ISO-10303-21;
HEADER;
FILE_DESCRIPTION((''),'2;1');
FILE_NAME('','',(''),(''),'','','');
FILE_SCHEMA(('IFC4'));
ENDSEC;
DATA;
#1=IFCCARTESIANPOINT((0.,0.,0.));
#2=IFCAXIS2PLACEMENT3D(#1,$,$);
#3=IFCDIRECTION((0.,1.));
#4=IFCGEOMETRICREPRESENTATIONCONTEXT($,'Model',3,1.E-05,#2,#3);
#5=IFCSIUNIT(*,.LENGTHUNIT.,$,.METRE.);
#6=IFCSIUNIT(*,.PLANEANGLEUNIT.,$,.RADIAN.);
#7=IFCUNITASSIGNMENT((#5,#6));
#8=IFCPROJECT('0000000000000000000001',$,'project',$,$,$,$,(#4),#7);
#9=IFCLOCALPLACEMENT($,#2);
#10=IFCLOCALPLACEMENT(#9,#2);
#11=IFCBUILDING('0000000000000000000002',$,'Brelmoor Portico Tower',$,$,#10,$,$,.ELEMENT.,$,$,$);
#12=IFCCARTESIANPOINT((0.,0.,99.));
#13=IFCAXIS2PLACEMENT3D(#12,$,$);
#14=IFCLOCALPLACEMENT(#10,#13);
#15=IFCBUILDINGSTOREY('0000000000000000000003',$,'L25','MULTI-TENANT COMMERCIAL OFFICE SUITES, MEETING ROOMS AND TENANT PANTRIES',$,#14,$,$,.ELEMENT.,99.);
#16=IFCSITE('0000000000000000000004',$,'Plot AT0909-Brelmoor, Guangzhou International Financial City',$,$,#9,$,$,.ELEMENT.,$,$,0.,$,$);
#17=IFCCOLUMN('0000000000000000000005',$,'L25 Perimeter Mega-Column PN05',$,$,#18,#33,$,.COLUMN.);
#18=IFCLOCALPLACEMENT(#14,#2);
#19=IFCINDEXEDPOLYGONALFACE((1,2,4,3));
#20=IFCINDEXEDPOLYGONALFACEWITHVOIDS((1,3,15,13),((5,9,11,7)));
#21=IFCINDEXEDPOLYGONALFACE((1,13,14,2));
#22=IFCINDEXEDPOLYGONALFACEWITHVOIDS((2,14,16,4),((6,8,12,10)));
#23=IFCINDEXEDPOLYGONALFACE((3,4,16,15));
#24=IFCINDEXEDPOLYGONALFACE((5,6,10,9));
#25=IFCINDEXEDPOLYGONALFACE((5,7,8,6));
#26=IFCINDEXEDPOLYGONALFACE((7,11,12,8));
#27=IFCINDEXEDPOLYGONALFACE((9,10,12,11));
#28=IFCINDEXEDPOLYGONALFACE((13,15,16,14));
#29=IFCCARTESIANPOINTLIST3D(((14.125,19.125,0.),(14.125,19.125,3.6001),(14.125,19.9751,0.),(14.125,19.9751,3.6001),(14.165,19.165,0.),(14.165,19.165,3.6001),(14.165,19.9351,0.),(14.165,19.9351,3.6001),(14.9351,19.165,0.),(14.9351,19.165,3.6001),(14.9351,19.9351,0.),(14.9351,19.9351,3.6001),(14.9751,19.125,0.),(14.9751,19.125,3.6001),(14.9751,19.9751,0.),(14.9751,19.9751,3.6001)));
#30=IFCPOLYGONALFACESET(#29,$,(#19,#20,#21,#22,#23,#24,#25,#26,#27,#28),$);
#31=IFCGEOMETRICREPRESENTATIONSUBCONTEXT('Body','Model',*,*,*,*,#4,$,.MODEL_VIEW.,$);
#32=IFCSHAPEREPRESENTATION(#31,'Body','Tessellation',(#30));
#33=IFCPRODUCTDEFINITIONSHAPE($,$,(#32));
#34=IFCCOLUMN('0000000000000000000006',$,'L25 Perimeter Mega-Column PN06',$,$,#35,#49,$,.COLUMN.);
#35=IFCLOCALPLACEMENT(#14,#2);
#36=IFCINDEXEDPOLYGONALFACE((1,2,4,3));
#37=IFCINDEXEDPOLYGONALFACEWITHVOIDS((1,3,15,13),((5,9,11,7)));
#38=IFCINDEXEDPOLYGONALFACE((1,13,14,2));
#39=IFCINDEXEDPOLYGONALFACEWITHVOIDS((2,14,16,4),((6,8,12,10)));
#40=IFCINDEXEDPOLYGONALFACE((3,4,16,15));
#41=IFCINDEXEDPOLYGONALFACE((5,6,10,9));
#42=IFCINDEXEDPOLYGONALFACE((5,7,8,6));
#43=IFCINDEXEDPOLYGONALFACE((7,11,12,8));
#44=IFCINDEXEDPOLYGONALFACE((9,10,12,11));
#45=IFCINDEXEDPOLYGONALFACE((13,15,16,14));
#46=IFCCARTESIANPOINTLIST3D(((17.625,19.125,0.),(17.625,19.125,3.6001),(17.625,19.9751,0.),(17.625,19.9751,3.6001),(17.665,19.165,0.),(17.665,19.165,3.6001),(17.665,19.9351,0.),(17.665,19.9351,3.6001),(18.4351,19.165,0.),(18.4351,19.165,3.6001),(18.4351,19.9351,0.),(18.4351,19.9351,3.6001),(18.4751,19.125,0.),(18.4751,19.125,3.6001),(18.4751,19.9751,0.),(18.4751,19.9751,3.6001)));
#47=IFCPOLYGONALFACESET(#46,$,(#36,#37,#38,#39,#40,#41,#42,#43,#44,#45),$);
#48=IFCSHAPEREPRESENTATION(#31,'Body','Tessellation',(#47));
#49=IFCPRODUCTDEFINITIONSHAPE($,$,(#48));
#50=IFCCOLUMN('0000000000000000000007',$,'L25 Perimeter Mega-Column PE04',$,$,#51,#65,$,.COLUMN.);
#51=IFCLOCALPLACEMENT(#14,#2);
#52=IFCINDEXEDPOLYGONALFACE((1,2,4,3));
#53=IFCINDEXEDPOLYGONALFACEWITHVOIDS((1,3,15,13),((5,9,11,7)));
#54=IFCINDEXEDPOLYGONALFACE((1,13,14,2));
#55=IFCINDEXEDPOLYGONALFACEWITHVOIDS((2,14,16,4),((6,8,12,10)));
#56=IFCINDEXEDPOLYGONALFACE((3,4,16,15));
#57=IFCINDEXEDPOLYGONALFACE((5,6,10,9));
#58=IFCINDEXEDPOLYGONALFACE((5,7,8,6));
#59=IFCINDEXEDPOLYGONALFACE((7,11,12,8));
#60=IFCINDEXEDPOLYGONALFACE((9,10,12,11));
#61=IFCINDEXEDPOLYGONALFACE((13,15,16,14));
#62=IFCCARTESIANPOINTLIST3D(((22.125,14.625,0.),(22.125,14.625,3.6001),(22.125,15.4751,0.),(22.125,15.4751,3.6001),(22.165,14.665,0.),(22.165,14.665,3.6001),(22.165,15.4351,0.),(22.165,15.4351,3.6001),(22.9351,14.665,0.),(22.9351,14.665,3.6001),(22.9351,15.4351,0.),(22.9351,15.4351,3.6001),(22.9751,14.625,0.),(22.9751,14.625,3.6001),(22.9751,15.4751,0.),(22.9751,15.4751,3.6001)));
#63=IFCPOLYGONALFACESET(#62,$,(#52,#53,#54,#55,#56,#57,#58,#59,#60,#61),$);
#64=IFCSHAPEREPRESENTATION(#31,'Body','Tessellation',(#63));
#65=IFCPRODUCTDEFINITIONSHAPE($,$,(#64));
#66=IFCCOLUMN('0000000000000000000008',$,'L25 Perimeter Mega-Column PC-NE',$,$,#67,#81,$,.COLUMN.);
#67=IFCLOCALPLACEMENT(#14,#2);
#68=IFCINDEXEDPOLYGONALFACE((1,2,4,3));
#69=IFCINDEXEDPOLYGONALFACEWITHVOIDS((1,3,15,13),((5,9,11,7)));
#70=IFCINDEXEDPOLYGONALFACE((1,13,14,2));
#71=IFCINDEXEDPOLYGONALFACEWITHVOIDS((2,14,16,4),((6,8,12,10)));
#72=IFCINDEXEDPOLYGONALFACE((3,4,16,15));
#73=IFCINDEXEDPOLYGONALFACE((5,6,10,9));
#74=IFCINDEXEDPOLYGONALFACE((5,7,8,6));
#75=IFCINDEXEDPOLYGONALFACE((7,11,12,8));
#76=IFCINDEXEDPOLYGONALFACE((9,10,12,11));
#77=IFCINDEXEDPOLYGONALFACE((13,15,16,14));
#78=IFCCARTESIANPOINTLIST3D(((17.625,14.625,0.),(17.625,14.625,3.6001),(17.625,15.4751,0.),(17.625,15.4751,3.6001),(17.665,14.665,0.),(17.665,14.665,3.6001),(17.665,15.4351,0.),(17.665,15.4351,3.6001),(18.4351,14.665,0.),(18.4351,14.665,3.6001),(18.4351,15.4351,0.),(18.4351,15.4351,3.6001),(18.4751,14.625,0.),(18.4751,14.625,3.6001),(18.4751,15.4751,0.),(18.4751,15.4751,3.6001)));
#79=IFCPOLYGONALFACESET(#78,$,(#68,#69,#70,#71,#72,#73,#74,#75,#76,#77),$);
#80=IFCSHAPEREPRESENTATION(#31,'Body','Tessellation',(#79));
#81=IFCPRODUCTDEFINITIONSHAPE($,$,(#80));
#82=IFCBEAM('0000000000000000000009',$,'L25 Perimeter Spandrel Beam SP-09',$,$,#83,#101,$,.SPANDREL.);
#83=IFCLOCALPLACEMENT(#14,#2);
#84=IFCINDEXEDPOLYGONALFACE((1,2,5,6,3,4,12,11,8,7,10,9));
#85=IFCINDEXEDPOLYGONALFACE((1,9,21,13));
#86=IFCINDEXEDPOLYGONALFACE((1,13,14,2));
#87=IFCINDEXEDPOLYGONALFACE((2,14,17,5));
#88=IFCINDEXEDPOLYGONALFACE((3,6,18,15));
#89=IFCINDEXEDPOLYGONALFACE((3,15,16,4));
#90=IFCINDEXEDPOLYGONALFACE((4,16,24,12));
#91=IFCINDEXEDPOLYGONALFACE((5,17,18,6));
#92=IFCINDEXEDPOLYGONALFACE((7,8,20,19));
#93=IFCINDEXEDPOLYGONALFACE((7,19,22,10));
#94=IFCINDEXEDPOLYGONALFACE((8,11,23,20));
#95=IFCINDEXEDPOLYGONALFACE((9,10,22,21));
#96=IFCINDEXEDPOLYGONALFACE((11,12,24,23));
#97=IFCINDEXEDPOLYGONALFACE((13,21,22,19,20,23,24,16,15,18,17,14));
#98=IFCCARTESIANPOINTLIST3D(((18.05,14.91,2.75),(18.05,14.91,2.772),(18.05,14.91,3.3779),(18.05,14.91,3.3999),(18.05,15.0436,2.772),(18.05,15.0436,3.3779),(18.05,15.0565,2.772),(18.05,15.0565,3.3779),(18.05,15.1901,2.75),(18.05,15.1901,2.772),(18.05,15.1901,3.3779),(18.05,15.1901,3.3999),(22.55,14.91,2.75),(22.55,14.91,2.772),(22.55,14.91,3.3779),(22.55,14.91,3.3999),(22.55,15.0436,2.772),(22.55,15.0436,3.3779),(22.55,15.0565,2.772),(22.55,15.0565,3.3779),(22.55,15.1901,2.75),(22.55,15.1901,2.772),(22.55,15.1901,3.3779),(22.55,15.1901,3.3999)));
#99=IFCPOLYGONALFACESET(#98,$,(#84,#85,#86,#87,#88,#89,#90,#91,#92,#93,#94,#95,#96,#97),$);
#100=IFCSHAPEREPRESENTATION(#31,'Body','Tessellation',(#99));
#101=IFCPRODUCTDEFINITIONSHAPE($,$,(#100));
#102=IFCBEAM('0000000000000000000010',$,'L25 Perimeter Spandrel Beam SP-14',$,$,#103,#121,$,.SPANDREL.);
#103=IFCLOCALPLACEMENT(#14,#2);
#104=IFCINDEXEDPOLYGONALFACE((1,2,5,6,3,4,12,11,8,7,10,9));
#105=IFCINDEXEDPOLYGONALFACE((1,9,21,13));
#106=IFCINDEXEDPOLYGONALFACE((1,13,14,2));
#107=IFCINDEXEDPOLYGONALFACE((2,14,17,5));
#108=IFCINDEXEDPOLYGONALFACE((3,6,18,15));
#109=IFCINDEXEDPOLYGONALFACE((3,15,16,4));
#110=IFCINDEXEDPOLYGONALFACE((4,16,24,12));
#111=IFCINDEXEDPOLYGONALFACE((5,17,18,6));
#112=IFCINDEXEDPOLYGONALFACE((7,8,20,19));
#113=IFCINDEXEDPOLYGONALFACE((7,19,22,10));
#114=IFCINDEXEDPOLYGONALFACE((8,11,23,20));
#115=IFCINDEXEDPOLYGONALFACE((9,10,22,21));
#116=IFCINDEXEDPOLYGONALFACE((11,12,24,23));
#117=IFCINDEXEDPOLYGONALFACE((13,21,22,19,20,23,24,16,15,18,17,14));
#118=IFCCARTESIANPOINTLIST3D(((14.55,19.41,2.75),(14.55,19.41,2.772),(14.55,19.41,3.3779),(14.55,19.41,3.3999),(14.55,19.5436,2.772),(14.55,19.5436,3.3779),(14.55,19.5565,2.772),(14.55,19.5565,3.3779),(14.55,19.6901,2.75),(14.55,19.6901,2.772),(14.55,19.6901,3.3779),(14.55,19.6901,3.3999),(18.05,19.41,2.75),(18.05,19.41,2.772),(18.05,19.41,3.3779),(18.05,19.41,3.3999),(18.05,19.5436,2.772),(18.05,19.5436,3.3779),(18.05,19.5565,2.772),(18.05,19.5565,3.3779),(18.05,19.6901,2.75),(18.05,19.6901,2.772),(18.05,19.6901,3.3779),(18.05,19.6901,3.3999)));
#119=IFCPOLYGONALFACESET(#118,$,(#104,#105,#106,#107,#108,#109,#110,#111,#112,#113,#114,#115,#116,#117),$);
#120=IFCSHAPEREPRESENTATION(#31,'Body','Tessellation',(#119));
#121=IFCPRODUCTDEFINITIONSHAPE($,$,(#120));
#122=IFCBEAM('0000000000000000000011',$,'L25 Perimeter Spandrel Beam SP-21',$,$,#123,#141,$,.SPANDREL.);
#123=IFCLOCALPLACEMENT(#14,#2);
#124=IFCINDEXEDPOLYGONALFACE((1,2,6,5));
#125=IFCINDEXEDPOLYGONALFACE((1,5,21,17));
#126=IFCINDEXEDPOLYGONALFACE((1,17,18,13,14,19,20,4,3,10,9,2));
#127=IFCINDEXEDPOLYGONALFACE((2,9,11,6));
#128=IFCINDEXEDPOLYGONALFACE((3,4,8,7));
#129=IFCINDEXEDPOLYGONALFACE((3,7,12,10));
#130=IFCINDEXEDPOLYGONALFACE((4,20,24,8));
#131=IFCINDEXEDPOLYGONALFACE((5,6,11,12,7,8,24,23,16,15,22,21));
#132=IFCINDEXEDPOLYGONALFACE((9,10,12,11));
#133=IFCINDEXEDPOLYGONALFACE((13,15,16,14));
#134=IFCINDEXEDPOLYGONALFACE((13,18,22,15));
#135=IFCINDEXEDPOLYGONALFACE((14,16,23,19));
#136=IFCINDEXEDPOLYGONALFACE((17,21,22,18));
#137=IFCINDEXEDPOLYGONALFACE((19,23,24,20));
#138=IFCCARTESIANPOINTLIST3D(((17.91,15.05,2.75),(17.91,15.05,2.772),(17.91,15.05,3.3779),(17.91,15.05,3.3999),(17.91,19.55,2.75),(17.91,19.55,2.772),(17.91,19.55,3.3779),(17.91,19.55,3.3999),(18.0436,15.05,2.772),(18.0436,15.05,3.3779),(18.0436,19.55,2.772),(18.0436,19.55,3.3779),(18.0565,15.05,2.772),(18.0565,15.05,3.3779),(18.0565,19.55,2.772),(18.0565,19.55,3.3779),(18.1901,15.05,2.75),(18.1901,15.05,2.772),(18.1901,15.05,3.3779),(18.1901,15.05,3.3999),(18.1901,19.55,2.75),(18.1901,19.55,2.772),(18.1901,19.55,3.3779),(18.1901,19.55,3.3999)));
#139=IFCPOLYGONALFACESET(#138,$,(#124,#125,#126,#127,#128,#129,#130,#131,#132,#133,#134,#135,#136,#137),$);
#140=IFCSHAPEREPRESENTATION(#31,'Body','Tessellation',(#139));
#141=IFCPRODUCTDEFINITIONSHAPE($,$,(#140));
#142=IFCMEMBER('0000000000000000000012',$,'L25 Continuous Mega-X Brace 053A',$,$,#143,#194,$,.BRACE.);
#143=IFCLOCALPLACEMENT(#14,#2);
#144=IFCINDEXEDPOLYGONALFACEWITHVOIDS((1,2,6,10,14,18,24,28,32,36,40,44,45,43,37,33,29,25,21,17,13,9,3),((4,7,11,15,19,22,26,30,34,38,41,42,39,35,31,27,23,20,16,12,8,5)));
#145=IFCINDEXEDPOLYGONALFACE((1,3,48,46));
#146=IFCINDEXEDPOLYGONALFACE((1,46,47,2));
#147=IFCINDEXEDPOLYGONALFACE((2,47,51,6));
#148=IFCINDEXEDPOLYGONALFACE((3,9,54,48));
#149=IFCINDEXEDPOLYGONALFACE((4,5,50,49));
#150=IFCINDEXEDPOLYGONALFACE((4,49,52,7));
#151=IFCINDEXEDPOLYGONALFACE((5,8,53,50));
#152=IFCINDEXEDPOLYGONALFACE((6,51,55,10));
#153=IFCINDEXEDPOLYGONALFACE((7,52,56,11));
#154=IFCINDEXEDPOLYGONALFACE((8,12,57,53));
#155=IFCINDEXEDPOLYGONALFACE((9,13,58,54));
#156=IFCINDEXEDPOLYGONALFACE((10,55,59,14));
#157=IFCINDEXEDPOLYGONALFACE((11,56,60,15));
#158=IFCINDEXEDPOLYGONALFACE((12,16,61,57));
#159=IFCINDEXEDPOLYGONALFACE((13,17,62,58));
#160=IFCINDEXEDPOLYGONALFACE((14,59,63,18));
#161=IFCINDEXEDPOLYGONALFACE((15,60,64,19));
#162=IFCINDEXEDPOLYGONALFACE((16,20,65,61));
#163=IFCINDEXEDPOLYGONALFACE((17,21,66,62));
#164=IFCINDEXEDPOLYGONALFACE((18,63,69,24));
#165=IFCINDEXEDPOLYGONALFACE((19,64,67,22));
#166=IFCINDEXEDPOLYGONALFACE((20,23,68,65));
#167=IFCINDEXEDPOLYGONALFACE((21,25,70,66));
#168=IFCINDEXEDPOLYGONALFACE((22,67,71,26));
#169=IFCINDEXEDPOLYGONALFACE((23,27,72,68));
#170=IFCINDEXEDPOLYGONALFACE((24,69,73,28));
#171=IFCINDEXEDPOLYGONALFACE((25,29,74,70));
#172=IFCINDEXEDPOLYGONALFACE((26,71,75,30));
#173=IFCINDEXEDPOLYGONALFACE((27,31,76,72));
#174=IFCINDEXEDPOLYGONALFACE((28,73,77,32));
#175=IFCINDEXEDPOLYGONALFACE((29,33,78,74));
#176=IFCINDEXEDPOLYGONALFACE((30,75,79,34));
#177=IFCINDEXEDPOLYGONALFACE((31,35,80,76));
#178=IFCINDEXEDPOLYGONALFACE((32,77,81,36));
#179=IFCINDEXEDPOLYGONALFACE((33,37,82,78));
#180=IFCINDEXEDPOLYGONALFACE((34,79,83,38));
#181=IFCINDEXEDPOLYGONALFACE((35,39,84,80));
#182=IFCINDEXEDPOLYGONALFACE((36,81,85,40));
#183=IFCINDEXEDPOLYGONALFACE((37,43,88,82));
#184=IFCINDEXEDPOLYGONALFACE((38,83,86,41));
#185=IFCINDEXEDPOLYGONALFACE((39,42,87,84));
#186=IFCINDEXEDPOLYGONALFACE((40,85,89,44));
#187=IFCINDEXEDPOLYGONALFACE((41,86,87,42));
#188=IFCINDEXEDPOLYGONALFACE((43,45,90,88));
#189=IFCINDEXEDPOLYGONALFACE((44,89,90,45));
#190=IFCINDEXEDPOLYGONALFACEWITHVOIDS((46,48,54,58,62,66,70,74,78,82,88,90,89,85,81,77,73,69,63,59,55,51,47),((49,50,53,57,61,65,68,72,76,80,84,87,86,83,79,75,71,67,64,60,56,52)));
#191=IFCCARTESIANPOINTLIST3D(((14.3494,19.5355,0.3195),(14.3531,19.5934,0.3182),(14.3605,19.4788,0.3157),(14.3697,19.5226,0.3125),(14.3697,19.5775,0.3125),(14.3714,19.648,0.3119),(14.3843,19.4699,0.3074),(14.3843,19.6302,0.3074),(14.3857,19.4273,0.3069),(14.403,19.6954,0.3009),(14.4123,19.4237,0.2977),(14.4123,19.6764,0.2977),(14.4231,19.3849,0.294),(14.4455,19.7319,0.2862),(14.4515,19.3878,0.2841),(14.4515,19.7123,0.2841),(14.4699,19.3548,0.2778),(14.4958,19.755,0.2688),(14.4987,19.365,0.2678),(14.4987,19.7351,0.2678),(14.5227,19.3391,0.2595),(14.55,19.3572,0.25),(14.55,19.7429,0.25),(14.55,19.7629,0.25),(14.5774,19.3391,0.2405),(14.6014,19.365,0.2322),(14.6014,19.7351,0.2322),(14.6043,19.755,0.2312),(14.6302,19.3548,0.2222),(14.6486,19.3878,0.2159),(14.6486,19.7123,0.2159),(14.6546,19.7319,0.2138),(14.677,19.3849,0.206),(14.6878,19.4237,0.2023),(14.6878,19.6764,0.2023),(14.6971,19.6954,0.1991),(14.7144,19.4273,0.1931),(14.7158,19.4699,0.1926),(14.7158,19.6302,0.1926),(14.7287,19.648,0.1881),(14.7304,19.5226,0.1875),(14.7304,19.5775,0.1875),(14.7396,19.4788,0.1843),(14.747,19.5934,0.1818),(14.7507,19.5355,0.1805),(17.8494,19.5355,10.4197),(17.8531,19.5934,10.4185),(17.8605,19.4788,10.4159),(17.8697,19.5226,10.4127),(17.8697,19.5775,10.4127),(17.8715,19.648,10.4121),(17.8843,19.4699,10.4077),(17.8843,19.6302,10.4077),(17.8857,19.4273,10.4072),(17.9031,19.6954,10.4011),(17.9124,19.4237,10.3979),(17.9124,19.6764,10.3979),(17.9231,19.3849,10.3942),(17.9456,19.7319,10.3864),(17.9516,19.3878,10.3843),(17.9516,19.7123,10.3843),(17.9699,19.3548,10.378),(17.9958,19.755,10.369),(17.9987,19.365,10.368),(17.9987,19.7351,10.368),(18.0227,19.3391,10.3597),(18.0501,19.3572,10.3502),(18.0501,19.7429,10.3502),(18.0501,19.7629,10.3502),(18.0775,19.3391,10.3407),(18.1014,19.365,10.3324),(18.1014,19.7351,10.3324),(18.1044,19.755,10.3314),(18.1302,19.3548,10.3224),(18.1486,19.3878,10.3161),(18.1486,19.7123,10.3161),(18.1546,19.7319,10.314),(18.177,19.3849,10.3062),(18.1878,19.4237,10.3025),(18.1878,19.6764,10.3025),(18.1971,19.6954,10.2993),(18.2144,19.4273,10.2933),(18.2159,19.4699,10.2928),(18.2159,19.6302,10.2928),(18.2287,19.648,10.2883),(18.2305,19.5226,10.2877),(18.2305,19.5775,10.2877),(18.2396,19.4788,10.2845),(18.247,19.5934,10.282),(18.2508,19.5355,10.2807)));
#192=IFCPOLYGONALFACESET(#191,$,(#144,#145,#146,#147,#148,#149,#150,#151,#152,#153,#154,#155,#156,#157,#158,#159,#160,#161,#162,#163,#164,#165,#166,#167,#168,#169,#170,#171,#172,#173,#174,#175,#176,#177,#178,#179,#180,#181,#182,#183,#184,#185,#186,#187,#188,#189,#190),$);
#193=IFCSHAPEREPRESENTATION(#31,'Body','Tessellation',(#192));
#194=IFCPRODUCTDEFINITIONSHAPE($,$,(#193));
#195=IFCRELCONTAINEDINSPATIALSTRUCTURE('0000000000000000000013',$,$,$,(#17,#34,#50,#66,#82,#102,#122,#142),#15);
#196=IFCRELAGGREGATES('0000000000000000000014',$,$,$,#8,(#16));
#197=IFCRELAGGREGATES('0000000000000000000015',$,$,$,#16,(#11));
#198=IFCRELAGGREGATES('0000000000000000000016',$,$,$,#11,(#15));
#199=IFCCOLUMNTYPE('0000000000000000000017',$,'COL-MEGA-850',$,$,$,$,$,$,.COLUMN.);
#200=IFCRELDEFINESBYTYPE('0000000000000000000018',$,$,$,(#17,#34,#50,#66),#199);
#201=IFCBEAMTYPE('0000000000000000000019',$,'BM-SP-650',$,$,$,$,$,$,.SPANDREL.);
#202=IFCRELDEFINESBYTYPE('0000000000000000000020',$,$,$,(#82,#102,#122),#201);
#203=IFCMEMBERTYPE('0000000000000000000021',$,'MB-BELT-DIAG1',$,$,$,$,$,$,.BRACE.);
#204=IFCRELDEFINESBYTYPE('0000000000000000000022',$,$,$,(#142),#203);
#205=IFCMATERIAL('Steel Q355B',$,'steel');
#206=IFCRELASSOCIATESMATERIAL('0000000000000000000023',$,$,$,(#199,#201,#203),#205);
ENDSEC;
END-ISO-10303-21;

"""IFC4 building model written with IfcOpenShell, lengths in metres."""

from ifc_helpers import new_model, si_unit, direction, frame, origin, origin_2d, place, context, subcontext, project, spatial, hollow_rectangle, hollow_circle, i_section, extrude, material, material_profile, profile_set, type_object, element, save


model = new_model("IFC4")

# Units and contexts
model_context = context("Model", 3, precision=1e-05, world=origin(), true_north=direction((0.0, 1.0)))
body_context = subcontext(model_context, "Body", "Model", "MODEL_VIEW")
ifc_project = project(units=[si_unit("LENGTHUNIT", "METRE"), si_unit("PLANEANGLEUNIT", "RADIAN")], contexts=[model_context])

# Site, building, storey
site_placement = place(None, origin())
site = spatial("IfcSite", under=ifc_project, at=site_placement, Name="Plot AT0909-Brelmoor, Guangzhou International Financial City", CompositionType="ELEMENT", RefElevation=0.0)
building_placement = place(site_placement, origin())
building = spatial("IfcBuilding", under=site, at=building_placement, Name="Brelmoor Portico Tower", CompositionType="ELEMENT")
storey_placement = place(building_placement, frame((0.0, 0.0, 99.0)))
storey = spatial("IfcBuildingStorey", under=building, at=storey_placement, Name="L25", Description="MULTI-TENANT COMMERCIAL OFFICE SUITES, MEETING ROOMS AND TENANT PANTRIES", CompositionType="ELEMENT", Elevation=99.0)

# Columns
ifc_material_1 = material(Name="Steel Q355B", Category="steel")
ifc_material_profile_1 = material_profile(ifc_material_1, hollow_rectangle(XDim=0.8501, YDim=0.8501, WallThickness=0.04, at=origin_2d()), Name="BOX 850x850x40")
ifc_profile_set_1 = profile_set([ifc_material_profile_1], Name="Steel Q355B")
column_type = type_object("IfcColumnType", Name="COL-MEGA-850", PredefinedType="COLUMN", material=ifc_profile_set_1)
for number, where, z_axis, x_axis, name in (
    (1, (14.55, 19.55, 0.0), (0.0, 0.0, 1.0), (1.0, 0.0, 0.0), "L25 Perimeter Mega-Column PN05"),
    (2, (18.05, 19.55, 0.0), (0.0, 0.0, 1.0), (1.0, 0.0, 0.0), "L25 Perimeter Mega-Column PN06"),
    (3, (22.55, 15.05, 0.0), (0.0, 0.0, 1.0), (0.0, 1.0, 0.0), "L25 Perimeter Mega-Column PE04"),
    (4, (18.05, 15.05, 0.0), (0.0, 0.0, 1.0), (1.0, 0.0, 0.0), "L25 Perimeter Mega-Column PC-NE"),
):
    element("IfcColumn", number, at=place(storey_placement, frame(where, z_axis=z_axis, x_axis=x_axis)), inside=storey, type_object=column_type, Name=name, PredefinedType="COLUMN", context=body_context, shape_type="SweptSolid", body=[
        extrude(hollow_rectangle(XDim=0.8501, YDim=0.8501, WallThickness=0.04, at=origin_2d()), origin(), (0.0, 0.0, 1.0), 3.6001),
    ])

# Beams
ifc_material_profile_2 = material_profile(ifc_material_1, i_section(OverallWidth=0.28, OverallDepth=0.6499, WebThickness=0.0129, FlangeThickness=0.022, at=origin_2d()), Name="HN 650x280x13x22")
ifc_profile_set_2 = profile_set([ifc_material_profile_2], Name="Steel Q355B")
beam_type = type_object("IfcBeamType", Name="BM-SP-650", PredefinedType="SPANDREL", material=ifc_profile_set_2)
beam_1_placement = place(storey_placement, frame((18.05, 15.05, 3.075), z_axis=(1.0, 0.0, 0.0), x_axis=(0.0, 1.0, 0.0)))
element("IfcBeam", 5, at=beam_1_placement, inside=storey, type_object=beam_type, Name="L25 Perimeter Spandrel Beam SP-09", PredefinedType="SPANDREL", context=body_context, shape_type="SweptSolid", body=[
    extrude(i_section(OverallWidth=0.28, OverallDepth=0.6499, WebThickness=0.0129, FlangeThickness=0.022, at=origin_2d()), origin(), (0.0, 0.0, 1.0), 4.5),
])
beam_2_placement = place(storey_placement, frame((14.55, 19.55, 3.075), z_axis=(1.0, 0.0, 0.0), x_axis=(0.0, 1.0, 0.0)))
element("IfcBeam", 6, at=beam_2_placement, inside=storey, type_object=beam_type, Name="L25 Perimeter Spandrel Beam SP-14", PredefinedType="SPANDREL", context=body_context, shape_type="SweptSolid", body=[
    extrude(i_section(OverallWidth=0.28, OverallDepth=0.6499, WebThickness=0.0129, FlangeThickness=0.022, at=origin_2d()), origin(), (0.0, 0.0, 1.0), 3.5),
])
beam_3_placement = place(storey_placement, frame((18.05, 15.05, 3.075), z_axis=(0.0, 1.0, 0.0), x_axis=(-1.0, 0.0, 0.0)))
element("IfcBeam", 7, at=beam_3_placement, inside=storey, type_object=beam_type, Name="L25 Perimeter Spandrel Beam SP-21", PredefinedType="SPANDREL", context=body_context, shape_type="SweptSolid", body=[
    extrude(i_section(OverallWidth=0.28, OverallDepth=0.6499, WebThickness=0.0129, FlangeThickness=0.022, at=origin_2d()), origin(), (0.0, 0.0, 1.0), 4.5),
])

# Member
ifc_material_profile_3 = material_profile(ifc_material_1, hollow_circle(Radius=0.2129, WallThickness=0.02, at=origin_2d()), Name="CHS 426x20")
ifc_profile_set_3 = profile_set([ifc_material_profile_3], Name="Steel Q355B")
member_type_1 = type_object("IfcMemberType", Name="MB-BELT-DIAG1", PredefinedType="BRACE", material=ifc_profile_set_3)
member_1_placement = place(storey_placement, frame((14.55, 19.55, 0.25), z_axis=(0.327429, 0.0, 0.944876), x_axis=(0.0, 1.0, 0.0)))
element("IfcMember", 8, at=member_1_placement, inside=storey, type_object=member_type_1, Name="L25 Continuous Mega-X Brace 053A", PredefinedType="BRACE", context=body_context, shape_type="SweptSolid", body=[
    extrude(hollow_circle(Radius=0.2129, WallThickness=0.02, at=origin_2d()), origin(), (0.0, 0.0, 1.0), 10.6895),
])

save(model, "model.ifc")
